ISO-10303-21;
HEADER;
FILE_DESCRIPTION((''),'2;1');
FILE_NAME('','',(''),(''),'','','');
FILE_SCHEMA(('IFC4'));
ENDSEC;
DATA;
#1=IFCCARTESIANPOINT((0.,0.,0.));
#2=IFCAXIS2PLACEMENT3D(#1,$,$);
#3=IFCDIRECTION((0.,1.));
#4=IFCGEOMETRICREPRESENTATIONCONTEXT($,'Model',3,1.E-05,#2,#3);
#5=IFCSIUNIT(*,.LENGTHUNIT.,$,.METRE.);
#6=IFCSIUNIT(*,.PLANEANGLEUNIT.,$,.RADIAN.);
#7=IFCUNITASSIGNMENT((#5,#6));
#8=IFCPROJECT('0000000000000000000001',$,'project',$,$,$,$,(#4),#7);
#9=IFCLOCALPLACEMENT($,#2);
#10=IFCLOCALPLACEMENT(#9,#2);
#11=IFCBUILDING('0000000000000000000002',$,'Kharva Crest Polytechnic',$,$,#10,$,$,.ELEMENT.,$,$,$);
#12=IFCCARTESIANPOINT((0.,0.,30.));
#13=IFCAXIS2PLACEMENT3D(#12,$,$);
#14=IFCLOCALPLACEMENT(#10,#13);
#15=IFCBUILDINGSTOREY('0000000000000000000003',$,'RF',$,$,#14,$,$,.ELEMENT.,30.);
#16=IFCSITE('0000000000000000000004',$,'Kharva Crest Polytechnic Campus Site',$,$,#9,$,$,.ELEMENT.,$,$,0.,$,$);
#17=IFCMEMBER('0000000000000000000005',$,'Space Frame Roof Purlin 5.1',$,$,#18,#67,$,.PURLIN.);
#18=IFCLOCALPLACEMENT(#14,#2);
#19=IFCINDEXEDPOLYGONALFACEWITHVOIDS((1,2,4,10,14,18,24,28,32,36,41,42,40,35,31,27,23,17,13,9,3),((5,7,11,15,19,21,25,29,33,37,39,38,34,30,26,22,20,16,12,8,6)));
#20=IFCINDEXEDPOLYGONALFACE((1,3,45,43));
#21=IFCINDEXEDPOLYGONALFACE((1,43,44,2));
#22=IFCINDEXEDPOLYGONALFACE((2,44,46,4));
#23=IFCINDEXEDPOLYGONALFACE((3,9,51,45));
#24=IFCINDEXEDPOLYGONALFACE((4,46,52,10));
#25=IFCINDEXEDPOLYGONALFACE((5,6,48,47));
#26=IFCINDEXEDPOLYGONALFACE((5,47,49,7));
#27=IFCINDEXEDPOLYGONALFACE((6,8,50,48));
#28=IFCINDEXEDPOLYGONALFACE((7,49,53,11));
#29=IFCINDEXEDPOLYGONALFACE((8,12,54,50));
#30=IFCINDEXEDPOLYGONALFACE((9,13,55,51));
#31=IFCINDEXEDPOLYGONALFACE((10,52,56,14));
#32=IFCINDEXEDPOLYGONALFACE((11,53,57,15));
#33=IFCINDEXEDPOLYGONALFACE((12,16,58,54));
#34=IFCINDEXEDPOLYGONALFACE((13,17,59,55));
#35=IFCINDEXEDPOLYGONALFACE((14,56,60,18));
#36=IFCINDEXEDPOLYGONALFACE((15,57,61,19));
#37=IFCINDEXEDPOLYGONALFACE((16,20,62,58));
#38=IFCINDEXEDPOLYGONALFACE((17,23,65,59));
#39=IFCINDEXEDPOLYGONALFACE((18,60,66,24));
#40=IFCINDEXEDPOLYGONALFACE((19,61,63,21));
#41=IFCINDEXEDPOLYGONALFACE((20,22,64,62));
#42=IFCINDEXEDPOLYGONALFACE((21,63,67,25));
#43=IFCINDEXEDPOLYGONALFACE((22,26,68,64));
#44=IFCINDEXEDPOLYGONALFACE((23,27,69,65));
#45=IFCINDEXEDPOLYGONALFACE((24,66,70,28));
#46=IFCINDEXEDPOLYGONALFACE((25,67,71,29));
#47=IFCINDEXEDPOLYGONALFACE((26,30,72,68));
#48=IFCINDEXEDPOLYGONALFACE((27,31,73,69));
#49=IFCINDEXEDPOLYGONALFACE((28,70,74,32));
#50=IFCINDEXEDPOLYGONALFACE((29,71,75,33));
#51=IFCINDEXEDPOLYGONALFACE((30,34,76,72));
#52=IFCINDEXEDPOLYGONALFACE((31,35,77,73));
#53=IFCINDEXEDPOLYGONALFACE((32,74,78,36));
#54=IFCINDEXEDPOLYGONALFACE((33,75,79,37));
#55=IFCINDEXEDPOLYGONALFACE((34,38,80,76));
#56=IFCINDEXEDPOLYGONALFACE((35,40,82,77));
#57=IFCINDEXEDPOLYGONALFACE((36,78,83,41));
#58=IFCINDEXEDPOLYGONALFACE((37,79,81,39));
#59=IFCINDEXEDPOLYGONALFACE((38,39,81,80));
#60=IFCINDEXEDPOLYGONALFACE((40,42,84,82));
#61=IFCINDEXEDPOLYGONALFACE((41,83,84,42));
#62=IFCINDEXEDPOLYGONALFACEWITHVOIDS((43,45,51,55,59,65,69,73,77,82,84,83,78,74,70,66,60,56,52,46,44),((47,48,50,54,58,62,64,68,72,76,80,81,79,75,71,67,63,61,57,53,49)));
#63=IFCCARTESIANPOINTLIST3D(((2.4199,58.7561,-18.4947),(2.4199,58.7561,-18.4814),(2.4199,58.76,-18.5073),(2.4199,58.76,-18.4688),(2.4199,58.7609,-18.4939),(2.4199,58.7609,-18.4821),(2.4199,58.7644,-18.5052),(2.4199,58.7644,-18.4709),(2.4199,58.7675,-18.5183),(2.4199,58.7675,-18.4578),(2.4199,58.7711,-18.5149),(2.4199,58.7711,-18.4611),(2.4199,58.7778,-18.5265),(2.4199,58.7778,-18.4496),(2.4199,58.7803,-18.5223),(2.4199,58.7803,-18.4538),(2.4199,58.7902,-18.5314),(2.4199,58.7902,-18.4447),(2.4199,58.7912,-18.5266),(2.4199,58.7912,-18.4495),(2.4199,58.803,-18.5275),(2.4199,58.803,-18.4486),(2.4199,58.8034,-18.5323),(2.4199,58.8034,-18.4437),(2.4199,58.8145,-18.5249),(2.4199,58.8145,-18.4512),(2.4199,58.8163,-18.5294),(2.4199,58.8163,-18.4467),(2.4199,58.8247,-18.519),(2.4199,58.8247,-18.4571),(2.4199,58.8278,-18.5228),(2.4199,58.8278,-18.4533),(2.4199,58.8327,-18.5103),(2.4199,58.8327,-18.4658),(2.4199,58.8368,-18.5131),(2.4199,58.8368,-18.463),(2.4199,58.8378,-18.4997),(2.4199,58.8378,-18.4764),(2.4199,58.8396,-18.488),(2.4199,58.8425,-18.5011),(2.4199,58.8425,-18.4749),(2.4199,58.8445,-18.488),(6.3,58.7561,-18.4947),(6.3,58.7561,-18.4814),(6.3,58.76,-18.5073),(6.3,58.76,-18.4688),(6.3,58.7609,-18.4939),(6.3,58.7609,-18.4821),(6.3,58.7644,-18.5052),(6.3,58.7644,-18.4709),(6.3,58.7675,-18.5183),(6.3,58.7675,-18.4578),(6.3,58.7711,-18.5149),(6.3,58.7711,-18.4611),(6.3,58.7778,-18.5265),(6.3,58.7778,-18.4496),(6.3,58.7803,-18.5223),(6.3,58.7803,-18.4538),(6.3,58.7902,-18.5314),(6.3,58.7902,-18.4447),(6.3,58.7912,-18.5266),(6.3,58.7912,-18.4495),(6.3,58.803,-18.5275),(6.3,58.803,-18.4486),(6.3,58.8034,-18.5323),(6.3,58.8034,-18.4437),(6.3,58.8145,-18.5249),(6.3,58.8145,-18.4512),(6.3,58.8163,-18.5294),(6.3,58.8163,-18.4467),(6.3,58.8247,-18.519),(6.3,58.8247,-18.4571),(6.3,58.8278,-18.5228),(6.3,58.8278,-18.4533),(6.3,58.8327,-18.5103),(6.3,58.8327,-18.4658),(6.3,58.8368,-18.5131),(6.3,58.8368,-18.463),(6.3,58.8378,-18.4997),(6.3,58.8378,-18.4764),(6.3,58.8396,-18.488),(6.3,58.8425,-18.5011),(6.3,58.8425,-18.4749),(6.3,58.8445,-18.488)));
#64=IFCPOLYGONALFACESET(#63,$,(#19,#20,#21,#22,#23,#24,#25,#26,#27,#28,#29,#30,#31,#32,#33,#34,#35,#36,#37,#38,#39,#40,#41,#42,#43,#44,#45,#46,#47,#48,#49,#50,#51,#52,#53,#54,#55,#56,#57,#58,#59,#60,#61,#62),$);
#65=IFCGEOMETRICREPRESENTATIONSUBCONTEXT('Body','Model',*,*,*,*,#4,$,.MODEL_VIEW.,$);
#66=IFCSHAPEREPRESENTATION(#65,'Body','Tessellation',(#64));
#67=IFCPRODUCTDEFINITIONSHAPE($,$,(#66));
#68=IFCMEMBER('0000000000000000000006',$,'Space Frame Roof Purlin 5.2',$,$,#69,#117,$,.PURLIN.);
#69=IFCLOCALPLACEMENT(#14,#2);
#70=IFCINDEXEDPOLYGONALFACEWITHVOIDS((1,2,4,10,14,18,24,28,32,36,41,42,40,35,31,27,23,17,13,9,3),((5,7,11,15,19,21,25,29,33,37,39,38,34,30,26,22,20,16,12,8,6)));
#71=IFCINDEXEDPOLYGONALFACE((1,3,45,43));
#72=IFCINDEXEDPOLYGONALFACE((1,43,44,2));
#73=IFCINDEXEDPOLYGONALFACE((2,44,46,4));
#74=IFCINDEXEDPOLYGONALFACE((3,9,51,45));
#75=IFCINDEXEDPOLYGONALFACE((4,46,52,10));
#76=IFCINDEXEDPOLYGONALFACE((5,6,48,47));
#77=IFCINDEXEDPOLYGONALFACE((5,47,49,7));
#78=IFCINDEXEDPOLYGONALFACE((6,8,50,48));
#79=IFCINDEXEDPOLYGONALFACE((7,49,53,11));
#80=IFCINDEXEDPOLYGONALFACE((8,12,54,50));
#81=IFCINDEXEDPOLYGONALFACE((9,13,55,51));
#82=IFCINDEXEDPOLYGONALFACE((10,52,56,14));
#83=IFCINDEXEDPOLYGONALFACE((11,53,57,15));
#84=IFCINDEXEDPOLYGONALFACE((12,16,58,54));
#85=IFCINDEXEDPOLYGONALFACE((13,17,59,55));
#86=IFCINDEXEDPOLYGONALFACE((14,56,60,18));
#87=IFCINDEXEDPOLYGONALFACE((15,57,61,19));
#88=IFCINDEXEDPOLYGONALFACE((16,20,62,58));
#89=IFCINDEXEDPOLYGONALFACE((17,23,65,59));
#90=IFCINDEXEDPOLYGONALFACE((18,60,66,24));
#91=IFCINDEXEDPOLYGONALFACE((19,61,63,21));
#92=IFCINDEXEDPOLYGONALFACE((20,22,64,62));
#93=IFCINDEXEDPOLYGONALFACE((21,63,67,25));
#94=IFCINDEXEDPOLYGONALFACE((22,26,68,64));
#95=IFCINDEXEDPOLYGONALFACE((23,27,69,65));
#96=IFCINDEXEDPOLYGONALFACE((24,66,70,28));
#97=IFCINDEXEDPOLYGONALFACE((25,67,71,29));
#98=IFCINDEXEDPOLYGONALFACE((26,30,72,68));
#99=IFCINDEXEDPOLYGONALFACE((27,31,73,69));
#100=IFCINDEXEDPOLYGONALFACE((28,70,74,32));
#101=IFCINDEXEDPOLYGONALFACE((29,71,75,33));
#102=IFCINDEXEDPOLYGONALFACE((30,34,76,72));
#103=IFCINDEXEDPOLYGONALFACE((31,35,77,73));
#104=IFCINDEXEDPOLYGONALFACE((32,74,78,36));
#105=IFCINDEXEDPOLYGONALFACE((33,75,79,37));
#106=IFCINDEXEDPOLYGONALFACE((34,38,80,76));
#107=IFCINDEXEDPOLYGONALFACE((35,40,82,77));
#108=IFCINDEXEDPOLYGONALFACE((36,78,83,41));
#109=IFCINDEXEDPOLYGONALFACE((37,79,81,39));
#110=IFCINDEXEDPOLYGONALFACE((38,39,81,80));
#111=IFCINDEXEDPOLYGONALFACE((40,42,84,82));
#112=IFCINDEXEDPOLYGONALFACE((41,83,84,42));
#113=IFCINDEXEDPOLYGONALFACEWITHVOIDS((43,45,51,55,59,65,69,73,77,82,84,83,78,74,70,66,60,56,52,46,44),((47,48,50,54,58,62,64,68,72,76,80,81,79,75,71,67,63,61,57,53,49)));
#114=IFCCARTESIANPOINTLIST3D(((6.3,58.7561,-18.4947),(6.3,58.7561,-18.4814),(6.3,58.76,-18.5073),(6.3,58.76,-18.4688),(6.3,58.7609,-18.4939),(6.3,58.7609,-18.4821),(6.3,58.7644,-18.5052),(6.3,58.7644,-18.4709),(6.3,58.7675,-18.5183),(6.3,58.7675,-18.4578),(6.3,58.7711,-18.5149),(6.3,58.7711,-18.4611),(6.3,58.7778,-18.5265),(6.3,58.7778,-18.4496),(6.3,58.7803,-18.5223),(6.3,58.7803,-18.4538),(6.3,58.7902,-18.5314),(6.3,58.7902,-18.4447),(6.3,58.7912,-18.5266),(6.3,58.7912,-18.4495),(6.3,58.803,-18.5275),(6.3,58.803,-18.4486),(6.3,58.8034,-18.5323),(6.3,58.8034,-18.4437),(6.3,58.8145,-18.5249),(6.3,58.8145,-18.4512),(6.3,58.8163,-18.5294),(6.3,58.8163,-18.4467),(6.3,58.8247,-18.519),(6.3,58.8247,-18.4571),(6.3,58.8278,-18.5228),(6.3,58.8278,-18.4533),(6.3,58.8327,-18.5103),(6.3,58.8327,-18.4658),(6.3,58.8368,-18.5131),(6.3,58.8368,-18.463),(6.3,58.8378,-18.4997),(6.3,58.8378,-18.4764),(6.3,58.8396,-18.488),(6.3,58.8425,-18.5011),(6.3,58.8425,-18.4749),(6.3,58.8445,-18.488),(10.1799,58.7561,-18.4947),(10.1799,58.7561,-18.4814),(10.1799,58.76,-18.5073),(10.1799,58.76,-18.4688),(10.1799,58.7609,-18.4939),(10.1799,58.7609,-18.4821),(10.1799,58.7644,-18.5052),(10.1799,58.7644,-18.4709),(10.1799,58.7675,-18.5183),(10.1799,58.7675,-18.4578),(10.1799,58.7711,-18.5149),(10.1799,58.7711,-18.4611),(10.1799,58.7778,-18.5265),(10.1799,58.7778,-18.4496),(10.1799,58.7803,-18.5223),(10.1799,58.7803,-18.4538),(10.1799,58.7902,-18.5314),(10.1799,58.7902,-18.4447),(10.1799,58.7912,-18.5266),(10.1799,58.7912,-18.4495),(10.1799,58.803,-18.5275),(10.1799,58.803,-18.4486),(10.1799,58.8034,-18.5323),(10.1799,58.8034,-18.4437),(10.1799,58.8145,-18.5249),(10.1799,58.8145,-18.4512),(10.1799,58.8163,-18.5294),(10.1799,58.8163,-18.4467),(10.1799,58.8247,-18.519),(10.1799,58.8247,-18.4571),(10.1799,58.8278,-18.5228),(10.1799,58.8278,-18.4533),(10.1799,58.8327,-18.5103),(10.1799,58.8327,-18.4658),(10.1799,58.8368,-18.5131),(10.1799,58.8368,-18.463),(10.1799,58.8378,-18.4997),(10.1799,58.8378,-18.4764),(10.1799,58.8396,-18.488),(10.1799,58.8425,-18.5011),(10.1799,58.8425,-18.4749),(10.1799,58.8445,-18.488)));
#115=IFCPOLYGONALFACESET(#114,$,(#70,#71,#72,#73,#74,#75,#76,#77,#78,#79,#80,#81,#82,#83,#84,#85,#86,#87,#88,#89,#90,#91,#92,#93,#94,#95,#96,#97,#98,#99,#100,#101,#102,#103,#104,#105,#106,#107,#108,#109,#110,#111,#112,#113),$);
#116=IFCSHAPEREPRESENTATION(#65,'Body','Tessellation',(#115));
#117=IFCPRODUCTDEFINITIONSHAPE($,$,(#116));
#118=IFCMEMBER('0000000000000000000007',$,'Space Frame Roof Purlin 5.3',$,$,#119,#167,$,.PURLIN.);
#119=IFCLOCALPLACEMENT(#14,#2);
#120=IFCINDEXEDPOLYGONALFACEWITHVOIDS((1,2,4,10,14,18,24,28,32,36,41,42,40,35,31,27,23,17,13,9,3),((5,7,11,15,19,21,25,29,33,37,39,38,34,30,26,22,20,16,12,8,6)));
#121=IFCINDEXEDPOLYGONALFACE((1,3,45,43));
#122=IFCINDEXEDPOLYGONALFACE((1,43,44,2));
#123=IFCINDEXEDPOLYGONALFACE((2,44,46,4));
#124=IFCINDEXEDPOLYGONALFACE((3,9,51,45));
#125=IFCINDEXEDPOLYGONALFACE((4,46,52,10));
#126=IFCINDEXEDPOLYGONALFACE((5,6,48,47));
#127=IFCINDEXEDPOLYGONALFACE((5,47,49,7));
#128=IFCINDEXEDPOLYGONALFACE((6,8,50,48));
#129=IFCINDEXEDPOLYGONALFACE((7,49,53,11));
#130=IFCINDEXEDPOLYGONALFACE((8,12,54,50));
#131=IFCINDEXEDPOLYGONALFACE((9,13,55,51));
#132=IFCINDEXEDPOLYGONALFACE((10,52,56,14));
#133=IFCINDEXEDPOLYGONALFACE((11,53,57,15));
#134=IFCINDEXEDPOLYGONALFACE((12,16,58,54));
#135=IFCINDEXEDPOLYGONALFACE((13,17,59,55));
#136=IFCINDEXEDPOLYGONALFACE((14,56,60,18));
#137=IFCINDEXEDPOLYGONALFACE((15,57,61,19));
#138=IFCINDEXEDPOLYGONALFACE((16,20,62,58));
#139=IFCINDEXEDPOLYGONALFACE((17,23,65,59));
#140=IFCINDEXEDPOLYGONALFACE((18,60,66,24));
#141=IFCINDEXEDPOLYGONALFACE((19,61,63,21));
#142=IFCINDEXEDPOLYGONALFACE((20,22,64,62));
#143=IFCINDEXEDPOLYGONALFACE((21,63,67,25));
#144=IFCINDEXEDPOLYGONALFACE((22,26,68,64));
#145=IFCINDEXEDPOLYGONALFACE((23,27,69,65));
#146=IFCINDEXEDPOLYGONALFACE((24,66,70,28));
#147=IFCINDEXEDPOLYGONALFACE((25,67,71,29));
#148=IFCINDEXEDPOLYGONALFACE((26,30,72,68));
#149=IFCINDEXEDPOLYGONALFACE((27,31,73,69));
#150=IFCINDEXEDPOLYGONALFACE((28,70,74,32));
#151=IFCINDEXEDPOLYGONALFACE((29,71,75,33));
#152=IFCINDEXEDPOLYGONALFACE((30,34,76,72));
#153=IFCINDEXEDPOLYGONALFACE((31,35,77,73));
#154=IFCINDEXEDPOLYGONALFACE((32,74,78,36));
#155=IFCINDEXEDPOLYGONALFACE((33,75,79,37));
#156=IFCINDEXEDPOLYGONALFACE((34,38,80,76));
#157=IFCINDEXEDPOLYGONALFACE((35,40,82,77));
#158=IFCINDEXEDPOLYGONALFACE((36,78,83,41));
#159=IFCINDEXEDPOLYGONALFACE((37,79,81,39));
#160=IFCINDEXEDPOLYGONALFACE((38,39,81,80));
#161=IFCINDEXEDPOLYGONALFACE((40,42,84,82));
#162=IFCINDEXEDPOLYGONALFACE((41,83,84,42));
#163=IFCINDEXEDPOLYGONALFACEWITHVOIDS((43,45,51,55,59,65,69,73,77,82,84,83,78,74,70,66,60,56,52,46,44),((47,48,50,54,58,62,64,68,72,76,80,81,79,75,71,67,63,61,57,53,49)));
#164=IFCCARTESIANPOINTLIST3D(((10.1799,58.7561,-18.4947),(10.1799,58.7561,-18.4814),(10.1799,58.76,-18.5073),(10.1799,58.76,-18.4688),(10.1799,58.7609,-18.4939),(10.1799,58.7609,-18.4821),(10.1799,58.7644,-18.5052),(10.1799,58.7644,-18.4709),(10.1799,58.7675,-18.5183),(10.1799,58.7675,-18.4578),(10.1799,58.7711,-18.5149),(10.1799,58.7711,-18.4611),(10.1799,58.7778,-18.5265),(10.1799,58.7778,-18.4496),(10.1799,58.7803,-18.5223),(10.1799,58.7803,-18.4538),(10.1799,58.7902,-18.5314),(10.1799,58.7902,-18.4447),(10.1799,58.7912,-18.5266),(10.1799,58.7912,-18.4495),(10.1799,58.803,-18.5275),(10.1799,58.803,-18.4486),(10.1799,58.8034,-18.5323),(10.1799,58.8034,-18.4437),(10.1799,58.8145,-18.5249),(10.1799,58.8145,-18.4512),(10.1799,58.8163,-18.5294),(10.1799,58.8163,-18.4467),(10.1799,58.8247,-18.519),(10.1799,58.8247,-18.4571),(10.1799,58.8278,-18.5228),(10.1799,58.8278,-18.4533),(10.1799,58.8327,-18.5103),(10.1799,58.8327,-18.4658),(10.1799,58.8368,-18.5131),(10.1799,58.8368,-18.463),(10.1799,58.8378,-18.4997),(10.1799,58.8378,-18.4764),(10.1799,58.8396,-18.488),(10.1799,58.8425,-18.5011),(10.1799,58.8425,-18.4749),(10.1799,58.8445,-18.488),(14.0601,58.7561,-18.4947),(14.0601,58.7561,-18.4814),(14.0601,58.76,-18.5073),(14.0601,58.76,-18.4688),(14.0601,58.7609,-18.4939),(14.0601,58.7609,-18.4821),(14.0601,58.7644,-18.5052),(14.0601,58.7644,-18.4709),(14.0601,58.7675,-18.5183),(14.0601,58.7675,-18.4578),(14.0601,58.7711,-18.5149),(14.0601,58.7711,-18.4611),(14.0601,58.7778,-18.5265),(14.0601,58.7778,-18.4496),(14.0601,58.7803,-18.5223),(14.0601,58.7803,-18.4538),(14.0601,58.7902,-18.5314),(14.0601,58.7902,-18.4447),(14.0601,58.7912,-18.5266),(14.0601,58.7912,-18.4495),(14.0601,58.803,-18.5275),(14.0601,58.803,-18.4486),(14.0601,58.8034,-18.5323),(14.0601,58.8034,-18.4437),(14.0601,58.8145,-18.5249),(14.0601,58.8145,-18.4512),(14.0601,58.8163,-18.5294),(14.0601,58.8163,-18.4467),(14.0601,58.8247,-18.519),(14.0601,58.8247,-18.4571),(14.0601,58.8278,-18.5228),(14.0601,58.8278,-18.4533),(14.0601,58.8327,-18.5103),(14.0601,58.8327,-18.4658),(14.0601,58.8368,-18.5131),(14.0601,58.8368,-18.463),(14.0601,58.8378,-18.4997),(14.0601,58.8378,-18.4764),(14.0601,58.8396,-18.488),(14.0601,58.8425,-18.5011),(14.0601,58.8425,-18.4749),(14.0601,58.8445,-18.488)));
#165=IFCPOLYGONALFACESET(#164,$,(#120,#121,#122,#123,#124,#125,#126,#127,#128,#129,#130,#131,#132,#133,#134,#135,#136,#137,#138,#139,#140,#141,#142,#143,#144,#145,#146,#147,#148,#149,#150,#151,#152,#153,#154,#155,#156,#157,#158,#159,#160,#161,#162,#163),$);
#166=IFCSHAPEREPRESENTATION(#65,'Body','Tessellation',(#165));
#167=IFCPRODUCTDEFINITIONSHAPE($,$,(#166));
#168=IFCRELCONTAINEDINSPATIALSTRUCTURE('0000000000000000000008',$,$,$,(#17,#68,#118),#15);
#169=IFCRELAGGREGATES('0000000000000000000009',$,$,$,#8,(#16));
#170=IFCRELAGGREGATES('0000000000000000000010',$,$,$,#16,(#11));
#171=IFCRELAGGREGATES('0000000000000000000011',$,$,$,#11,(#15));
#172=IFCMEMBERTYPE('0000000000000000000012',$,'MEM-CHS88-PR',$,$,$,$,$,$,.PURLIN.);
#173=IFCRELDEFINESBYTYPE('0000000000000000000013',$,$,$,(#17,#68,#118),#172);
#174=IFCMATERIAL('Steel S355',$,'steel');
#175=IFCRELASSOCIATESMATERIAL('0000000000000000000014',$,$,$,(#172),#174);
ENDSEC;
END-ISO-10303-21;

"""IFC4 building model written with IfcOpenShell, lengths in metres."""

from ifc_helpers import new_model, si_unit, direction, frame, origin, origin_2d, place, context, subcontext, project, spatial, hollow_circle, extrude, material, material_profile, profile_set, type_object, element, save


model = new_model("IFC4")

# Units and contexts
model_context = context("Model", 3, precision=1e-05, world=origin(), true_north=direction((0.0, 1.0)))
body_context = subcontext(model_context, "Body", "Model", "MODEL_VIEW")
ifc_project = project(units=[si_unit("LENGTHUNIT", "METRE"), si_unit("PLANEANGLEUNIT", "RADIAN")], contexts=[model_context])

# Site, building, storey
site_placement = place(None, origin())
site = spatial("IfcSite", under=ifc_project, at=site_placement, Name="Kharva Crest Polytechnic Campus Site", CompositionType="ELEMENT", RefElevation=0.0)
building_placement = place(site_placement, origin())
building = spatial("IfcBuilding", under=site, at=building_placement, Name="Kharva Crest Polytechnic", CompositionType="ELEMENT")
storey_placement = place(building_placement, frame((0.0, 0.0, 30.0)))
storey = spatial("IfcBuildingStorey", under=building, at=storey_placement, Name="RF", CompositionType="ELEMENT", Elevation=30.0)

# Members
ifc_material = material(Name="Steel S355", Category="steel")
ifc_material_profile = material_profile(ifc_material, hollow_circle(Radius=0.0444, WallThickness=0.0049, at=origin_2d()), Name="CHS 88.9X5.0")
ifc_profile_set = profile_set([ifc_material_profile], Name="Steel S355")
member_type = type_object("IfcMemberType", Name="MEM-CHS88-PR", PredefinedType="PURLIN", material=ifc_profile_set)
member_1_placement = place(storey_placement, frame((2.4199, 58.8, -18.488), z_axis=(1.0, 0.0, 0.0), x_axis=(0.0, 1.0, 0.0)))
element("IfcMember", 1, at=member_1_placement, inside=storey, type_object=member_type, Name="Space Frame Roof Purlin 5.1", PredefinedType="PURLIN", context=body_context, shape_type="SweptSolid", body=[
    extrude(hollow_circle(Radius=0.0444, WallThickness=0.0049, at=origin_2d()), origin(), (0.0, 0.0, 1.0), 3.8801),
])
member_2_placement = place(storey_placement, frame((6.3, 58.8, -18.488), z_axis=(1.0, 0.0, 0.0), x_axis=(0.0, 1.0, 0.0)))
element("IfcMember", 2, at=member_2_placement, inside=storey, type_object=member_type, Name="Space Frame Roof Purlin 5.2", PredefinedType="PURLIN", context=body_context, shape_type="SweptSolid", body=[
    extrude(hollow_circle(Radius=0.0444, WallThickness=0.0049, at=origin_2d()), origin(), (0.0, 0.0, 1.0), 3.8799),
])
member_3_placement = place(storey_placement, frame((10.1799, 58.8, -18.488), z_axis=(1.0, 0.0, 0.0), x_axis=(0.0, 1.0, 0.0)))
element("IfcMember", 3, at=member_3_placement, inside=storey, type_object=member_type, Name="Space Frame Roof Purlin 5.3", PredefinedType="PURLIN", context=body_context, shape_type="SweptSolid", body=[
    extrude(hollow_circle(Radius=0.0444, WallThickness=0.0049, at=origin_2d()), origin(), (0.0, 0.0, 1.0), 3.8801),
])

save(model, "model.ifc")
